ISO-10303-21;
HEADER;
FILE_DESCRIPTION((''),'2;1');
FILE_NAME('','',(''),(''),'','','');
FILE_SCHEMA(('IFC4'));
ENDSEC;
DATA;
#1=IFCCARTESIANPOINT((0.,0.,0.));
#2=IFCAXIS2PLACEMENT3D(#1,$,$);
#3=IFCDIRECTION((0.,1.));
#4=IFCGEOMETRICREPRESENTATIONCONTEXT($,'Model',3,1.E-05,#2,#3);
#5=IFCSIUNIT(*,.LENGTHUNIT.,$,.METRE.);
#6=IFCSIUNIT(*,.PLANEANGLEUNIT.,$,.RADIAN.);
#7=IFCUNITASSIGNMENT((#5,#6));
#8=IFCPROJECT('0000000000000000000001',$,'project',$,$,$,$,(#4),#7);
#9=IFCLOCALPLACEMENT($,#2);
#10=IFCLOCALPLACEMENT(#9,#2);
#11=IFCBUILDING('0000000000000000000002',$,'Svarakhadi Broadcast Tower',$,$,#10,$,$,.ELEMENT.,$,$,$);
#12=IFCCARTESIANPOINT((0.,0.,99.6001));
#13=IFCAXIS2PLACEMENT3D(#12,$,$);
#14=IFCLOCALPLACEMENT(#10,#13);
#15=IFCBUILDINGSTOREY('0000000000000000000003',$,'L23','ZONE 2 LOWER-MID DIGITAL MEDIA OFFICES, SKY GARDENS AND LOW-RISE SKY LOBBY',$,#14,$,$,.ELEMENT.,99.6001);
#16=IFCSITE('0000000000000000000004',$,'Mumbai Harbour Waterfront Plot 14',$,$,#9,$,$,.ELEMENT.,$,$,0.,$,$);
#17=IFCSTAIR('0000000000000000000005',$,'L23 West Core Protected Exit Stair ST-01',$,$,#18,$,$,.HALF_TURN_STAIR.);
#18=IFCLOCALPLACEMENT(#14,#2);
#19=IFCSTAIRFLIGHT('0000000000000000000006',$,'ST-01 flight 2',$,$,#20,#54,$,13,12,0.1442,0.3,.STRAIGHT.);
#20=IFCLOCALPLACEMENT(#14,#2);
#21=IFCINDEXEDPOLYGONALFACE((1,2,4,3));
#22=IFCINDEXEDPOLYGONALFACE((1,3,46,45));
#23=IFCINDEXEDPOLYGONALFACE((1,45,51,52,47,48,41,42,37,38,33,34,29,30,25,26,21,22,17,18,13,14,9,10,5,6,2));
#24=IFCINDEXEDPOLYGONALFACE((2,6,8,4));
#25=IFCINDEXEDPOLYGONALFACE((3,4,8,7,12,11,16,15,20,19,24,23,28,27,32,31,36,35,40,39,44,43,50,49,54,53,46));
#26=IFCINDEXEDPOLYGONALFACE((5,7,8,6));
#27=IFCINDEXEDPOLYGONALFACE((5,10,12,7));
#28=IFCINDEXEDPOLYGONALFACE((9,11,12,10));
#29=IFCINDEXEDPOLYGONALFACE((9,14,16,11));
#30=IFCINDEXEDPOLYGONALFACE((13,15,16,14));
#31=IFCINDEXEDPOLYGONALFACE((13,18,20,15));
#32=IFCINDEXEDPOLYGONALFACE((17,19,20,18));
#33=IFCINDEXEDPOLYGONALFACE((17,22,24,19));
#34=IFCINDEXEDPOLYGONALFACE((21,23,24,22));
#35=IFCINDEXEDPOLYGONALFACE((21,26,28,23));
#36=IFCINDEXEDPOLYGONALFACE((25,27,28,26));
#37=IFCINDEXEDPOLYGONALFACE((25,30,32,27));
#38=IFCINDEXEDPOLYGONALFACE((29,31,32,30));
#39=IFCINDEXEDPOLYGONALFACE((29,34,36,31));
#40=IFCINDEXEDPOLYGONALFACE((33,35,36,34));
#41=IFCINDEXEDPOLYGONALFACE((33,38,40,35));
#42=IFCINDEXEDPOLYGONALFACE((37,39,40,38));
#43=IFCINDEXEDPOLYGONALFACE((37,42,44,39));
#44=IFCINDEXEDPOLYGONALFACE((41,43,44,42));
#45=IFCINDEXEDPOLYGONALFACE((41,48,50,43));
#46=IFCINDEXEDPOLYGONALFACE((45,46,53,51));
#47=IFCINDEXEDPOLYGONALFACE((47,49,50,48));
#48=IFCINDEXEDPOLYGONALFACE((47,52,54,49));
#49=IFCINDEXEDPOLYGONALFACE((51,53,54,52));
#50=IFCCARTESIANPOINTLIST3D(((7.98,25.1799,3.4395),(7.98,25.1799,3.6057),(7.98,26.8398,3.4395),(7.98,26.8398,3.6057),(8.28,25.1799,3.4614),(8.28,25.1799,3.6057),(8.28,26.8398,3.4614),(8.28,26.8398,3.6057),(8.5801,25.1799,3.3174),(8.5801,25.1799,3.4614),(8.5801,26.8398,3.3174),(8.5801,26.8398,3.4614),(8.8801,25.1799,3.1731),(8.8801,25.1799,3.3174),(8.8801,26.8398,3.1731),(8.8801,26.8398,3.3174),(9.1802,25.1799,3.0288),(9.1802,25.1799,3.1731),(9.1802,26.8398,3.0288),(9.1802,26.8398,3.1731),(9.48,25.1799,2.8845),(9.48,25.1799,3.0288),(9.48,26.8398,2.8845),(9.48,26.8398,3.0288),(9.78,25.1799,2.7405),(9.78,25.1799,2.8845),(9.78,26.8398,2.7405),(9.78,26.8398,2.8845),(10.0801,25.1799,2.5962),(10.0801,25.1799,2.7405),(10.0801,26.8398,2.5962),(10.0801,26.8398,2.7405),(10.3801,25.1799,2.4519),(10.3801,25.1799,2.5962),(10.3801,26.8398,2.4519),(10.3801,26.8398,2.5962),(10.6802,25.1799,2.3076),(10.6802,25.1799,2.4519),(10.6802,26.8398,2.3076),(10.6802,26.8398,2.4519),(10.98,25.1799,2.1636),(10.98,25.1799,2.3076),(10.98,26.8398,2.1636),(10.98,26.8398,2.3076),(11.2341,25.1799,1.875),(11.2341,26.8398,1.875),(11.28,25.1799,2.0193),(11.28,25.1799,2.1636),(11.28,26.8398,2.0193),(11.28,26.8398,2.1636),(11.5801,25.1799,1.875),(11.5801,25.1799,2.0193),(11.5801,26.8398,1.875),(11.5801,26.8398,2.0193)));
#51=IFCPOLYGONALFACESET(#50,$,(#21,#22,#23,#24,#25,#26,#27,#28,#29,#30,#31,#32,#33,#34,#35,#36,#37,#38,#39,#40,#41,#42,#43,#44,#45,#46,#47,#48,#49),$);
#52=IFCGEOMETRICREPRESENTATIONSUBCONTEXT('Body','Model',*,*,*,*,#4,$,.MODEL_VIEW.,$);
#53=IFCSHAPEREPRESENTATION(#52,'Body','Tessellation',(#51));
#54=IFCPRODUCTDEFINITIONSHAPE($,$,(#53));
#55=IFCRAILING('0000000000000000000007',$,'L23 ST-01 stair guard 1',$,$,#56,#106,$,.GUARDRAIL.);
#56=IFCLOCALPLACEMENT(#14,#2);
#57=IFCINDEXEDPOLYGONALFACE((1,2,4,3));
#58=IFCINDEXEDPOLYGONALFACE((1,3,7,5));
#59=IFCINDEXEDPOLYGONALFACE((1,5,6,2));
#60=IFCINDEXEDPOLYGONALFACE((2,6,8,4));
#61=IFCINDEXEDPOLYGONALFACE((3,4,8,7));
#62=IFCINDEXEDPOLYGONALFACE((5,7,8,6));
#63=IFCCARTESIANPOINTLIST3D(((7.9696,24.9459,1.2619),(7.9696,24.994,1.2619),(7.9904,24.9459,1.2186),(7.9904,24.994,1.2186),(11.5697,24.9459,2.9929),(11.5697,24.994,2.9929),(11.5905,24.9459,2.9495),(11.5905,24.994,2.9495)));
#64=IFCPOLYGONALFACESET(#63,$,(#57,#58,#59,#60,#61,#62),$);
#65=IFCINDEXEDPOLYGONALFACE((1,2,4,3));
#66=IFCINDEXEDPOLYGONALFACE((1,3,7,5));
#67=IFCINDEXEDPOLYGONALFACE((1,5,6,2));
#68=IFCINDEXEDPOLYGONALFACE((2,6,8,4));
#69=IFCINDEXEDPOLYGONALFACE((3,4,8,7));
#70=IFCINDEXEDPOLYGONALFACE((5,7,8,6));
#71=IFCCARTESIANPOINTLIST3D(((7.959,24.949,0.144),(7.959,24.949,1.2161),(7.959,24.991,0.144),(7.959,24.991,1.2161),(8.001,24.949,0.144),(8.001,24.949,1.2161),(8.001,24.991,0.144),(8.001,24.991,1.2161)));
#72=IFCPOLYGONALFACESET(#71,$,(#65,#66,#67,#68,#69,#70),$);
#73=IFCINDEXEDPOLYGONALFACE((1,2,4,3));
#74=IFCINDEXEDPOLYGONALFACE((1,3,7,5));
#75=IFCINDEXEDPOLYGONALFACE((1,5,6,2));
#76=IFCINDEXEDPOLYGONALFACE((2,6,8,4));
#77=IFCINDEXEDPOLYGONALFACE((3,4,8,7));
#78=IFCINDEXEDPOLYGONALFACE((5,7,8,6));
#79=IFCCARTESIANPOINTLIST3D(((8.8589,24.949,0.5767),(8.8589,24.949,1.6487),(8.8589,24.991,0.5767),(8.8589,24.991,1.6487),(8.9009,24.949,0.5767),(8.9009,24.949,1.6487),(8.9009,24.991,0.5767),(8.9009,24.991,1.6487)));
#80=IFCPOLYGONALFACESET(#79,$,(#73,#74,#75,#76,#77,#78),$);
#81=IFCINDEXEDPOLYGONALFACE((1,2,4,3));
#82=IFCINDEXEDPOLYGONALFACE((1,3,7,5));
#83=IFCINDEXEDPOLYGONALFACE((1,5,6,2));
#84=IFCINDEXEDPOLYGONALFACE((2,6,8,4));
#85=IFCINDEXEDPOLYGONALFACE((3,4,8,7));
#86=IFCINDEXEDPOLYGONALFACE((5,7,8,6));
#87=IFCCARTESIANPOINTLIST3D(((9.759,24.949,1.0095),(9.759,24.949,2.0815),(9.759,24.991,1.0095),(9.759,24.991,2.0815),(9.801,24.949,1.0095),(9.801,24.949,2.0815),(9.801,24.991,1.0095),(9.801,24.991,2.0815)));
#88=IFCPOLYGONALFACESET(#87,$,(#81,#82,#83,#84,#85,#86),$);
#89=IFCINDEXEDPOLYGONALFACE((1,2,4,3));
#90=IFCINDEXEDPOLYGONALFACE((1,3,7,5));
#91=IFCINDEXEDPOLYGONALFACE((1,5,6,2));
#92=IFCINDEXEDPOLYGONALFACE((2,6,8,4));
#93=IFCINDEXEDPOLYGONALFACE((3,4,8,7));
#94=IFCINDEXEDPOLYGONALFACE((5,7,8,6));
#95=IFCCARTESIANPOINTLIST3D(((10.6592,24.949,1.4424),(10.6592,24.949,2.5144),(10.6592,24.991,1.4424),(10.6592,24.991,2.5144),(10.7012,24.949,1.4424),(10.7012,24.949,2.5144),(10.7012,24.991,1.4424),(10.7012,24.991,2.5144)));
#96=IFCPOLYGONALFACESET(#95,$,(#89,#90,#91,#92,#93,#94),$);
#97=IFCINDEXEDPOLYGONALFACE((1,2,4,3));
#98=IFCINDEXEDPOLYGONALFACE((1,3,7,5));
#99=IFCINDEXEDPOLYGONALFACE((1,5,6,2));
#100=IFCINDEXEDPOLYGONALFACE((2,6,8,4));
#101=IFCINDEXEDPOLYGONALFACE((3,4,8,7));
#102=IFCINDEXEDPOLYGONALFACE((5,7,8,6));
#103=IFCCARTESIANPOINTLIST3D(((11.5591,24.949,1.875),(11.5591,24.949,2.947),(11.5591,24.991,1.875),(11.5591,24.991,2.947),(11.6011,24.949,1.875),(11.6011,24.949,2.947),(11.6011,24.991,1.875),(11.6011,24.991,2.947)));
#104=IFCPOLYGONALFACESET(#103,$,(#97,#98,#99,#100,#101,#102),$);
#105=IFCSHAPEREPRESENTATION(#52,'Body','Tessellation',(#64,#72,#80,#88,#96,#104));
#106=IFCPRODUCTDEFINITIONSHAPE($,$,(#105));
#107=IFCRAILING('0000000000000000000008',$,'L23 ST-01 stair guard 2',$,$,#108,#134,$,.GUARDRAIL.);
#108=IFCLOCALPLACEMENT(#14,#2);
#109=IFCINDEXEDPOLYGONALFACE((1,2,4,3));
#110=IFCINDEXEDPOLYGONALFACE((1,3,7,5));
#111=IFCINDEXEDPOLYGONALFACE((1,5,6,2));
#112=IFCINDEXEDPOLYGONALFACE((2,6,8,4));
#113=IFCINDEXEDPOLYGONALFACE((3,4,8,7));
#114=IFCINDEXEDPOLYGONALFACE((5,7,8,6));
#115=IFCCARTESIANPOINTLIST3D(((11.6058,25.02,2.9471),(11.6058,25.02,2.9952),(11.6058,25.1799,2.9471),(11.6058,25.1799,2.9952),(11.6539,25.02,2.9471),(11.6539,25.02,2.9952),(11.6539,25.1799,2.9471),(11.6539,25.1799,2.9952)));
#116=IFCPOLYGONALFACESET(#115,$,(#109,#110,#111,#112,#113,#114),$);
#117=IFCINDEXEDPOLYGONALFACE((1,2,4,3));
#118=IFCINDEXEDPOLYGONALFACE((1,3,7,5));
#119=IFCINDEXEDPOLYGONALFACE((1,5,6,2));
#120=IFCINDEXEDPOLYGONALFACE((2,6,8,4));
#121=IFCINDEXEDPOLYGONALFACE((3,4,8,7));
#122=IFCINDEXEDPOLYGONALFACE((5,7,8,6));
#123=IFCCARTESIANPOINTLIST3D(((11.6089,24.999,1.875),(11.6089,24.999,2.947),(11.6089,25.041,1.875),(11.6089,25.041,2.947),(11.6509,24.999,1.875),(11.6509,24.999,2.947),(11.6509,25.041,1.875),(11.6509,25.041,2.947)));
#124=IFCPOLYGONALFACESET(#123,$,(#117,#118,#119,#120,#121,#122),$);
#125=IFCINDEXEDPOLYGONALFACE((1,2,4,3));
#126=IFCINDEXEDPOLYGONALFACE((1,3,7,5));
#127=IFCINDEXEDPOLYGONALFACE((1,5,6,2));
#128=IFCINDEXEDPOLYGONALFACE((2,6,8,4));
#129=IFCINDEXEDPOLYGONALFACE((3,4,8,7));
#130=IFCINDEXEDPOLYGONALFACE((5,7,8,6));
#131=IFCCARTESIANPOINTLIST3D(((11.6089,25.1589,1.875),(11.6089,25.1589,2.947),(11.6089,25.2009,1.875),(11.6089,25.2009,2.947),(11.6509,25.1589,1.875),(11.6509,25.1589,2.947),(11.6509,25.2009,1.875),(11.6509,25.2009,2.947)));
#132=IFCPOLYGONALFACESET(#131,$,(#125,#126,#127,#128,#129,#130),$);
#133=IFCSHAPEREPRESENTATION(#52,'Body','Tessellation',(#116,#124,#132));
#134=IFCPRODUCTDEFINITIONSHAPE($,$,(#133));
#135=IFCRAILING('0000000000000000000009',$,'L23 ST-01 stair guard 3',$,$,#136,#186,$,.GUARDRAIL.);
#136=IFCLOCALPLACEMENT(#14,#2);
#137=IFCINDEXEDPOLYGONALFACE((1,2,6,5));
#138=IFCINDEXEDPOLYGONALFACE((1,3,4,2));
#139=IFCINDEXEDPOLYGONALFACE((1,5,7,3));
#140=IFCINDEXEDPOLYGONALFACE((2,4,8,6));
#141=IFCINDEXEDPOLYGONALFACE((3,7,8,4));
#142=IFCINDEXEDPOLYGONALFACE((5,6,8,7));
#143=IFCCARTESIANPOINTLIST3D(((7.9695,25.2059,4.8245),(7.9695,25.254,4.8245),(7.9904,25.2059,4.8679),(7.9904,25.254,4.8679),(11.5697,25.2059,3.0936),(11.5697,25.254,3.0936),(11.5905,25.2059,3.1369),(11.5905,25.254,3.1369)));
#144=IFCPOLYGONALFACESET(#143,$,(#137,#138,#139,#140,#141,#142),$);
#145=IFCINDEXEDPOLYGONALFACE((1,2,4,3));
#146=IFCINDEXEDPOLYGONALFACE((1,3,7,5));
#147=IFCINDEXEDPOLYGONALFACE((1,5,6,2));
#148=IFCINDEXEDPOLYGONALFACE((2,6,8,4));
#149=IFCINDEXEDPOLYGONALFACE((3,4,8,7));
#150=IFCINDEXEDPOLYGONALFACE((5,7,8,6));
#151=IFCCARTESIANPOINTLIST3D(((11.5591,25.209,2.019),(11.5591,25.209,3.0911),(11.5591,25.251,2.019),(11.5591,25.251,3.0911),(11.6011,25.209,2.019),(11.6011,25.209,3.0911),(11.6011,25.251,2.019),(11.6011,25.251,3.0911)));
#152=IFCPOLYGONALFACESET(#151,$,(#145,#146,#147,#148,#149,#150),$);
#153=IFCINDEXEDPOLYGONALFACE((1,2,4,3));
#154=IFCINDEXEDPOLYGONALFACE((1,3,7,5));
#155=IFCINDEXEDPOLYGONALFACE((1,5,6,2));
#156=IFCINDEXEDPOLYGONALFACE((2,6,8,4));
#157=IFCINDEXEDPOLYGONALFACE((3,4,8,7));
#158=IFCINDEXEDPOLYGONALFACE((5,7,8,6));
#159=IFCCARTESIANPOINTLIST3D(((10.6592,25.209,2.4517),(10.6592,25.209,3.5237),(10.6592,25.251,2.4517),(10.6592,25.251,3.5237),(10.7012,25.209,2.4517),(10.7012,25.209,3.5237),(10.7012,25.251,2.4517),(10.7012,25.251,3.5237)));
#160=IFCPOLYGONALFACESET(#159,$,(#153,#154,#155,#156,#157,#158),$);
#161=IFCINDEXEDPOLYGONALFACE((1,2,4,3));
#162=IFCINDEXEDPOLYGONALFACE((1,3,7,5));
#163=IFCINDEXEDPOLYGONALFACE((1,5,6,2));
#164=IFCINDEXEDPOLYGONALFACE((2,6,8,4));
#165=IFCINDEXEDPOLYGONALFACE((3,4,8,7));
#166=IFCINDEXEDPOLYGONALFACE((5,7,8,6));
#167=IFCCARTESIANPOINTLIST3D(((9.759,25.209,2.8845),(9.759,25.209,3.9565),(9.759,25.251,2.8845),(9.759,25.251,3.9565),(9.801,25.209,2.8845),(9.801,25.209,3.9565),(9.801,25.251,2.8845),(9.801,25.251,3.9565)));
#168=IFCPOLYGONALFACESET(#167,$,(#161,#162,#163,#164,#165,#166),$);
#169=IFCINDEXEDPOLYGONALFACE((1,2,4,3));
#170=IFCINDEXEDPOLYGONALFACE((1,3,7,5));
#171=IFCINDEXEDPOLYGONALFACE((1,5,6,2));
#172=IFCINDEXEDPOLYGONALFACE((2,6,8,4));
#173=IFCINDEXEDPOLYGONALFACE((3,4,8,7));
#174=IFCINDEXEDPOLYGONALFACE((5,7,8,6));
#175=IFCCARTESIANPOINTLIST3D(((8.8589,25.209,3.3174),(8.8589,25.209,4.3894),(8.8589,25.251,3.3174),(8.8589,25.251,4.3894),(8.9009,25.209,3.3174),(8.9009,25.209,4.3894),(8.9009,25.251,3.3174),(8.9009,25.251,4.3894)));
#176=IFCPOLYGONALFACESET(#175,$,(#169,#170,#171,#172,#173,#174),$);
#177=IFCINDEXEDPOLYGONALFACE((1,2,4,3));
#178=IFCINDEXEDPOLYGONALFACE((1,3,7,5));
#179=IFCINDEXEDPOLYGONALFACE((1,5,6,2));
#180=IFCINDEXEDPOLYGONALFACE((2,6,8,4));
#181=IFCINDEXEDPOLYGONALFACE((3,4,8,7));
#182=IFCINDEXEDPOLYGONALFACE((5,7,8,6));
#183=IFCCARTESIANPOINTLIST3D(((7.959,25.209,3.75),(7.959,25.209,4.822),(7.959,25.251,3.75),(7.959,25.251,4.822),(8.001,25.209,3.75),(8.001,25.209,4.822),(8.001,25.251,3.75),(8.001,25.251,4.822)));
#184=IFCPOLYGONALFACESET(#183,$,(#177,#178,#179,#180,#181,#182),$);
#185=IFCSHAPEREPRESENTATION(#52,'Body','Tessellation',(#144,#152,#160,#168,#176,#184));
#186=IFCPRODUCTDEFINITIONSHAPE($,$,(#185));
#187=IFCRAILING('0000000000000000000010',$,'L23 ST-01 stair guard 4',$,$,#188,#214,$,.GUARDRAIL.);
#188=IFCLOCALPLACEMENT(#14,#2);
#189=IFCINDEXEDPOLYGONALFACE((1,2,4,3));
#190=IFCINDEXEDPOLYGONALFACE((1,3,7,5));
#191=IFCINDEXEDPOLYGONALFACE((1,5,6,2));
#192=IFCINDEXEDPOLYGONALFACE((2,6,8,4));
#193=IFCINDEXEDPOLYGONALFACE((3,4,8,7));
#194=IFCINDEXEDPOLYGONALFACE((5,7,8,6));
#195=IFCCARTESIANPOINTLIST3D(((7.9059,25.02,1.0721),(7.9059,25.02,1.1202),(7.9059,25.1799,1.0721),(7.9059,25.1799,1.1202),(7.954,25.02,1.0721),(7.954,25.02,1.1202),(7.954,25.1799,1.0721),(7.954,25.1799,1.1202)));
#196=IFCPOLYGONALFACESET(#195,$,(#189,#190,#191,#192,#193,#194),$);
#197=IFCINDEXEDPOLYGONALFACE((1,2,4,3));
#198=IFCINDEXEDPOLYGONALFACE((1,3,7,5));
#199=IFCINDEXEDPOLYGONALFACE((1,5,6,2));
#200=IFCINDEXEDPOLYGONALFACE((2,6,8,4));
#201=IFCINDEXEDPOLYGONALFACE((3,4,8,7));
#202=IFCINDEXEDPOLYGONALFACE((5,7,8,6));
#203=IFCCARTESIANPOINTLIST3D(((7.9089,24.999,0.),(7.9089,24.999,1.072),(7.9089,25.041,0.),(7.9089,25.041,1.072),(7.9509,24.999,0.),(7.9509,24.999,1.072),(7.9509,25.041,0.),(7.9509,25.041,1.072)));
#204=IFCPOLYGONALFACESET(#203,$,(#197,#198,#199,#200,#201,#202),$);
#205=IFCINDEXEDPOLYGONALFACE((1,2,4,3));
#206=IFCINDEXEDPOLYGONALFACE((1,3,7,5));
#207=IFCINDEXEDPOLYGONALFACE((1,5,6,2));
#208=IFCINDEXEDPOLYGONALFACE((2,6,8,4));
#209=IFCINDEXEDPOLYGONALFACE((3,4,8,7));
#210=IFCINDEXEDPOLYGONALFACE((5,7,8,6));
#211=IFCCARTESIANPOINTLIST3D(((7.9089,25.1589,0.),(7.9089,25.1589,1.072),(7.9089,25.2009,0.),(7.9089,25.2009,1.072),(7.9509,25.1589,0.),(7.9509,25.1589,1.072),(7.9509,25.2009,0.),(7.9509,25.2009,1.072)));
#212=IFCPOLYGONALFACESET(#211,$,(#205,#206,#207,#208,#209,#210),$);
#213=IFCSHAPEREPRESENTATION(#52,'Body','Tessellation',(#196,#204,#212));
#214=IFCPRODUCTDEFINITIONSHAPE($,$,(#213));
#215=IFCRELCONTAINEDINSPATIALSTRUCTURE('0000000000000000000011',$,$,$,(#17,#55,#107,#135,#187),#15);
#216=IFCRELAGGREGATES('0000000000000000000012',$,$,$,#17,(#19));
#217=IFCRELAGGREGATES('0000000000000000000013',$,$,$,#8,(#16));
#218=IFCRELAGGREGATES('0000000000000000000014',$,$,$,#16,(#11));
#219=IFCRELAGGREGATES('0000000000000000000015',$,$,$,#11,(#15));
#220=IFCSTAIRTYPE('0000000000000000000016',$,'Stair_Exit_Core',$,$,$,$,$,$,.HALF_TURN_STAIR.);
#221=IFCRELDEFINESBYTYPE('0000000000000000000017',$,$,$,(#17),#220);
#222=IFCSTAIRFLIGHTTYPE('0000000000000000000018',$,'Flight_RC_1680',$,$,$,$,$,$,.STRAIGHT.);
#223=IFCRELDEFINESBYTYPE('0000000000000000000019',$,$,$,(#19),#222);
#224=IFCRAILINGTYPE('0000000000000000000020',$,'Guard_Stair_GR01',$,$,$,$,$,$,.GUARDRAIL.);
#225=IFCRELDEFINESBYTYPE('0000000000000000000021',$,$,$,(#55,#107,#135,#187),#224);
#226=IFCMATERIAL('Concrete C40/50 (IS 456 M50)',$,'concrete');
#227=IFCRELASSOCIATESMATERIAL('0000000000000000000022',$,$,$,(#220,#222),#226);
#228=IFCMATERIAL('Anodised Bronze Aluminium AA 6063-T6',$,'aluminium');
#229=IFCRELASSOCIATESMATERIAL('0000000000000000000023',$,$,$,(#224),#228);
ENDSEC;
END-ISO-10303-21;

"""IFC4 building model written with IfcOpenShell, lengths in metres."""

from ifc_helpers import new_model, si_unit, direction, frame, origin, origin_2d, place, context, subcontext, project, spatial, polyline, rectangle, outline, extrude, material, type_object, element, aggregate, save


model = new_model("IFC4")

# Units and contexts
model_context = context("Model", 3, precision=1e-05, world=origin(), true_north=direction((0.0, 1.0)))
body_context = subcontext(model_context, "Body", "Model", "MODEL_VIEW")
ifc_project = project(units=[si_unit("LENGTHUNIT", "METRE"), si_unit("PLANEANGLEUNIT", "RADIAN")], contexts=[model_context])

# Site, building, storey
site_placement = place(None, origin())
site = spatial("IfcSite", under=ifc_project, at=site_placement, Name="Mumbai Harbour Waterfront Plot 14", CompositionType="ELEMENT", RefElevation=0.0)
building_placement = place(site_placement, origin())
building = spatial("IfcBuilding", under=site, at=building_placement, Name="Svarakhadi Broadcast Tower", CompositionType="ELEMENT")
storey_placement = place(building_placement, frame((0.0, 0.0, 99.6001)))
storey = spatial("IfcBuildingStorey", under=building, at=storey_placement, Name="L23", Description="ZONE 2 LOWER-MID DIGITAL MEDIA OFFICES, SKY GARDENS AND LOW-RISE SKY LOBBY", CompositionType="ELEMENT", Elevation=99.6001)

# Shared definitions
ifc_material_1 = material(Name="Concrete C40/50 (IS 456 M50)", Category="concrete")

# Stair, stair flight
stair_type = type_object("IfcStairType", Name="Stair_Exit_Core", PredefinedType="HALF_TURN_STAIR", material=ifc_material_1)
stair_placement = place(storey_placement, origin())
stair = element("IfcStair", 1, at=stair_placement, inside=storey, type_object=stair_type, Name="L23 West Core Protected Exit Stair ST-01", PredefinedType="HALF_TURN_STAIR")
stair_flight_type = type_object("IfcStairFlightType", Name="Flight_RC_1680", PredefinedType="STRAIGHT", material=ifc_material_1)
stair_flight_1_placement = place(storey_placement, frame((11.5801, 26.01, 1.875), z_axis=(0.0, 0.0, 1.0), x_axis=(-1.0, 0.0, 0.0)))
stair_flight_1 = element("IfcStairFlight", 2, at=stair_flight_1_placement, type_object=stair_flight_type, Name="ST-01 flight 2", NumberOfRisers=13, NumberOfTreads=12, PredefinedType="STRAIGHT", RiserHeight=0.1442, TreadLength=0.3, context=body_context, shape_type="SweptSolid", body=[
    extrude(outline(polyline([(0.0, 0.0), (0.0, 0.1443), (0.3, 0.1443), (0.3, 0.2886), (0.6001, 0.2886), (0.6001, 0.4326), (0.8999, 0.4326), (0.8999, 0.5769), (1.2, 0.5769), (1.2, 0.7212), (1.5, 0.7212), (1.5, 0.8655), (1.8, 0.8655), (1.8, 1.0095), (2.1001, 1.0095), (2.1001, 1.1538), (2.3999, 1.1538), (2.3999, 1.2981), (2.7, 1.2981), (2.7, 1.4424), (3.0, 1.4424), (3.0, 1.5864), (3.3, 1.5864), (3.3, 1.7307), (3.6001, 1.7307), (3.6001, 1.875), (3.6001, 1.5645), (0.3459, 0.0), (0.0, 0.0)])), frame((0.0, 0.8301, 0.0), z_axis=(0.0, -1.0, 0.0), x_axis=(1.0, 0.0, 0.0)), (0.0, 0.0, 1.0), 1.6599),
])
aggregate(stair, [stair_flight_1])

# Railings
ifc_material_2 = material(Name="Anodised Bronze Aluminium AA 6063-T6", Category="aluminium")
railing_type_1 = type_object("IfcRailingType", Name="Guard_Stair_GR01", PredefinedType="GUARDRAIL", material=ifc_material_2)
railing_1_placement = place(storey_placement, frame((7.98, 24.97, 0.144)))
element("IfcRailing", 3, at=railing_1_placement, inside=storey, type_object=railing_type_1, Name="L23 ST-01 stair guard 1", PredefinedType="GUARDRAIL", context=body_context, shape_type="SweptSolid", body=[
    extrude(rectangle(XDim=0.0481, YDim=0.0481, at=origin_2d()), frame((0.0, 0.0, 1.0962), z_axis=(0.901239, 0.0, 0.433323), x_axis=(0.0, 1.0, 0.0)), (0.0, 0.0, 1.0), 3.9946),
    extrude(rectangle(XDim=0.042, YDim=0.042, at=origin_2d()), origin(), (0.0, 0.0, 1.0), 1.072),
    extrude(rectangle(XDim=0.042, YDim=0.042, at=origin_2d()), frame((0.8999, 0.0, 0.4326)), (0.0, 0.0, 1.0), 1.072),
    extrude(rectangle(XDim=0.042, YDim=0.042, at=origin_2d()), frame((1.8, 0.0, 0.8655)), (0.0, 0.0, 1.0), 1.072),
    extrude(rectangle(XDim=0.042, YDim=0.042, at=origin_2d()), frame((2.7002, 0.0, 1.2983)), (0.0, 0.0, 1.0), 1.072),
    extrude(rectangle(XDim=0.042, YDim=0.042, at=origin_2d()), frame((3.6001, 0.0, 1.731)), (0.0, 0.0, 1.0), 1.072),
])
railing_2_placement = place(storey_placement, frame((11.6299, 25.02, 1.875)))
element("IfcRailing", 4, at=railing_2_placement, inside=storey, type_object=railing_type_1, Name="L23 ST-01 stair guard 2", PredefinedType="GUARDRAIL", context=body_context, shape_type="SweptSolid", body=[
    extrude(rectangle(XDim=0.0481, YDim=0.0481, at=origin_2d()), frame((0.0, 0.0, 1.0962), z_axis=(0.0, 1.0, 0.0), x_axis=(-1.0, 0.0, 0.0)), (0.0, 0.0, 1.0), 0.1599),
    extrude(rectangle(XDim=0.042, YDim=0.042, at=origin_2d()), origin(), (0.0, 0.0, 1.0), 1.072),
    extrude(rectangle(XDim=0.042, YDim=0.042, at=origin_2d()), frame((0.0, 0.1599, 0.0)), (0.0, 0.0, 1.0), 1.072),
])
railing_3_placement = place(storey_placement, frame((11.5801, 25.23, 2.019)))
element("IfcRailing", 5, at=railing_3_placement, inside=storey, type_object=railing_type_1, Name="L23 ST-01 stair guard 3", PredefinedType="GUARDRAIL", context=body_context, shape_type="SweptSolid", body=[
    extrude(rectangle(XDim=0.0481, YDim=0.0481, at=origin_2d()), frame((0.0, 0.0, 1.0962), z_axis=(-0.901239, 0.0, 0.433323), x_axis=(0.0, -1.0, 0.0)), (0.0, 0.0, 1.0), 3.9946),
    extrude(rectangle(XDim=0.042, YDim=0.042, at=origin_2d()), origin(), (0.0, 0.0, 1.0), 1.072),
    extrude(rectangle(XDim=0.042, YDim=0.042, at=origin_2d()), frame((-0.8999, 0.0, 0.4326)), (0.0, 0.0, 1.0), 1.072),
    extrude(rectangle(XDim=0.042, YDim=0.042, at=origin_2d()), frame((-1.8, 0.0, 0.8655)), (0.0, 0.0, 1.0), 1.072),
    extrude(rectangle(XDim=0.042, YDim=0.042, at=origin_2d()), frame((-2.7002, 0.0, 1.2983)), (0.0, 0.0, 1.0), 1.072),
    extrude(rectangle(XDim=0.042, YDim=0.042, at=origin_2d()), frame((-3.6001, 0.0, 1.731)), (0.0, 0.0, 1.0), 1.072),
])
railing_4_placement = place(storey_placement, frame((7.9299, 25.02, 0.0)))
element("IfcRailing", 6, at=railing_4_placement, inside=storey, type_object=railing_type_1, Name="L23 ST-01 stair guard 4", PredefinedType="GUARDRAIL", context=body_context, shape_type="SweptSolid", body=[
    extrude(rectangle(XDim=0.0481, YDim=0.0481, at=origin_2d()), frame((0.0, 0.0, 1.0962), z_axis=(0.0, 1.0, 0.0), x_axis=(-1.0, 0.0, 0.0)), (0.0, 0.0, 1.0), 0.1599),
    extrude(rectangle(XDim=0.042, YDim=0.042, at=origin_2d()), origin(), (0.0, 0.0, 1.0), 1.072),
    extrude(rectangle(XDim=0.042, YDim=0.042, at=origin_2d()), frame((0.0, 0.1599, 0.0)), (0.0, 0.0, 1.0), 1.072),
])

save(model, "model.ifc")
